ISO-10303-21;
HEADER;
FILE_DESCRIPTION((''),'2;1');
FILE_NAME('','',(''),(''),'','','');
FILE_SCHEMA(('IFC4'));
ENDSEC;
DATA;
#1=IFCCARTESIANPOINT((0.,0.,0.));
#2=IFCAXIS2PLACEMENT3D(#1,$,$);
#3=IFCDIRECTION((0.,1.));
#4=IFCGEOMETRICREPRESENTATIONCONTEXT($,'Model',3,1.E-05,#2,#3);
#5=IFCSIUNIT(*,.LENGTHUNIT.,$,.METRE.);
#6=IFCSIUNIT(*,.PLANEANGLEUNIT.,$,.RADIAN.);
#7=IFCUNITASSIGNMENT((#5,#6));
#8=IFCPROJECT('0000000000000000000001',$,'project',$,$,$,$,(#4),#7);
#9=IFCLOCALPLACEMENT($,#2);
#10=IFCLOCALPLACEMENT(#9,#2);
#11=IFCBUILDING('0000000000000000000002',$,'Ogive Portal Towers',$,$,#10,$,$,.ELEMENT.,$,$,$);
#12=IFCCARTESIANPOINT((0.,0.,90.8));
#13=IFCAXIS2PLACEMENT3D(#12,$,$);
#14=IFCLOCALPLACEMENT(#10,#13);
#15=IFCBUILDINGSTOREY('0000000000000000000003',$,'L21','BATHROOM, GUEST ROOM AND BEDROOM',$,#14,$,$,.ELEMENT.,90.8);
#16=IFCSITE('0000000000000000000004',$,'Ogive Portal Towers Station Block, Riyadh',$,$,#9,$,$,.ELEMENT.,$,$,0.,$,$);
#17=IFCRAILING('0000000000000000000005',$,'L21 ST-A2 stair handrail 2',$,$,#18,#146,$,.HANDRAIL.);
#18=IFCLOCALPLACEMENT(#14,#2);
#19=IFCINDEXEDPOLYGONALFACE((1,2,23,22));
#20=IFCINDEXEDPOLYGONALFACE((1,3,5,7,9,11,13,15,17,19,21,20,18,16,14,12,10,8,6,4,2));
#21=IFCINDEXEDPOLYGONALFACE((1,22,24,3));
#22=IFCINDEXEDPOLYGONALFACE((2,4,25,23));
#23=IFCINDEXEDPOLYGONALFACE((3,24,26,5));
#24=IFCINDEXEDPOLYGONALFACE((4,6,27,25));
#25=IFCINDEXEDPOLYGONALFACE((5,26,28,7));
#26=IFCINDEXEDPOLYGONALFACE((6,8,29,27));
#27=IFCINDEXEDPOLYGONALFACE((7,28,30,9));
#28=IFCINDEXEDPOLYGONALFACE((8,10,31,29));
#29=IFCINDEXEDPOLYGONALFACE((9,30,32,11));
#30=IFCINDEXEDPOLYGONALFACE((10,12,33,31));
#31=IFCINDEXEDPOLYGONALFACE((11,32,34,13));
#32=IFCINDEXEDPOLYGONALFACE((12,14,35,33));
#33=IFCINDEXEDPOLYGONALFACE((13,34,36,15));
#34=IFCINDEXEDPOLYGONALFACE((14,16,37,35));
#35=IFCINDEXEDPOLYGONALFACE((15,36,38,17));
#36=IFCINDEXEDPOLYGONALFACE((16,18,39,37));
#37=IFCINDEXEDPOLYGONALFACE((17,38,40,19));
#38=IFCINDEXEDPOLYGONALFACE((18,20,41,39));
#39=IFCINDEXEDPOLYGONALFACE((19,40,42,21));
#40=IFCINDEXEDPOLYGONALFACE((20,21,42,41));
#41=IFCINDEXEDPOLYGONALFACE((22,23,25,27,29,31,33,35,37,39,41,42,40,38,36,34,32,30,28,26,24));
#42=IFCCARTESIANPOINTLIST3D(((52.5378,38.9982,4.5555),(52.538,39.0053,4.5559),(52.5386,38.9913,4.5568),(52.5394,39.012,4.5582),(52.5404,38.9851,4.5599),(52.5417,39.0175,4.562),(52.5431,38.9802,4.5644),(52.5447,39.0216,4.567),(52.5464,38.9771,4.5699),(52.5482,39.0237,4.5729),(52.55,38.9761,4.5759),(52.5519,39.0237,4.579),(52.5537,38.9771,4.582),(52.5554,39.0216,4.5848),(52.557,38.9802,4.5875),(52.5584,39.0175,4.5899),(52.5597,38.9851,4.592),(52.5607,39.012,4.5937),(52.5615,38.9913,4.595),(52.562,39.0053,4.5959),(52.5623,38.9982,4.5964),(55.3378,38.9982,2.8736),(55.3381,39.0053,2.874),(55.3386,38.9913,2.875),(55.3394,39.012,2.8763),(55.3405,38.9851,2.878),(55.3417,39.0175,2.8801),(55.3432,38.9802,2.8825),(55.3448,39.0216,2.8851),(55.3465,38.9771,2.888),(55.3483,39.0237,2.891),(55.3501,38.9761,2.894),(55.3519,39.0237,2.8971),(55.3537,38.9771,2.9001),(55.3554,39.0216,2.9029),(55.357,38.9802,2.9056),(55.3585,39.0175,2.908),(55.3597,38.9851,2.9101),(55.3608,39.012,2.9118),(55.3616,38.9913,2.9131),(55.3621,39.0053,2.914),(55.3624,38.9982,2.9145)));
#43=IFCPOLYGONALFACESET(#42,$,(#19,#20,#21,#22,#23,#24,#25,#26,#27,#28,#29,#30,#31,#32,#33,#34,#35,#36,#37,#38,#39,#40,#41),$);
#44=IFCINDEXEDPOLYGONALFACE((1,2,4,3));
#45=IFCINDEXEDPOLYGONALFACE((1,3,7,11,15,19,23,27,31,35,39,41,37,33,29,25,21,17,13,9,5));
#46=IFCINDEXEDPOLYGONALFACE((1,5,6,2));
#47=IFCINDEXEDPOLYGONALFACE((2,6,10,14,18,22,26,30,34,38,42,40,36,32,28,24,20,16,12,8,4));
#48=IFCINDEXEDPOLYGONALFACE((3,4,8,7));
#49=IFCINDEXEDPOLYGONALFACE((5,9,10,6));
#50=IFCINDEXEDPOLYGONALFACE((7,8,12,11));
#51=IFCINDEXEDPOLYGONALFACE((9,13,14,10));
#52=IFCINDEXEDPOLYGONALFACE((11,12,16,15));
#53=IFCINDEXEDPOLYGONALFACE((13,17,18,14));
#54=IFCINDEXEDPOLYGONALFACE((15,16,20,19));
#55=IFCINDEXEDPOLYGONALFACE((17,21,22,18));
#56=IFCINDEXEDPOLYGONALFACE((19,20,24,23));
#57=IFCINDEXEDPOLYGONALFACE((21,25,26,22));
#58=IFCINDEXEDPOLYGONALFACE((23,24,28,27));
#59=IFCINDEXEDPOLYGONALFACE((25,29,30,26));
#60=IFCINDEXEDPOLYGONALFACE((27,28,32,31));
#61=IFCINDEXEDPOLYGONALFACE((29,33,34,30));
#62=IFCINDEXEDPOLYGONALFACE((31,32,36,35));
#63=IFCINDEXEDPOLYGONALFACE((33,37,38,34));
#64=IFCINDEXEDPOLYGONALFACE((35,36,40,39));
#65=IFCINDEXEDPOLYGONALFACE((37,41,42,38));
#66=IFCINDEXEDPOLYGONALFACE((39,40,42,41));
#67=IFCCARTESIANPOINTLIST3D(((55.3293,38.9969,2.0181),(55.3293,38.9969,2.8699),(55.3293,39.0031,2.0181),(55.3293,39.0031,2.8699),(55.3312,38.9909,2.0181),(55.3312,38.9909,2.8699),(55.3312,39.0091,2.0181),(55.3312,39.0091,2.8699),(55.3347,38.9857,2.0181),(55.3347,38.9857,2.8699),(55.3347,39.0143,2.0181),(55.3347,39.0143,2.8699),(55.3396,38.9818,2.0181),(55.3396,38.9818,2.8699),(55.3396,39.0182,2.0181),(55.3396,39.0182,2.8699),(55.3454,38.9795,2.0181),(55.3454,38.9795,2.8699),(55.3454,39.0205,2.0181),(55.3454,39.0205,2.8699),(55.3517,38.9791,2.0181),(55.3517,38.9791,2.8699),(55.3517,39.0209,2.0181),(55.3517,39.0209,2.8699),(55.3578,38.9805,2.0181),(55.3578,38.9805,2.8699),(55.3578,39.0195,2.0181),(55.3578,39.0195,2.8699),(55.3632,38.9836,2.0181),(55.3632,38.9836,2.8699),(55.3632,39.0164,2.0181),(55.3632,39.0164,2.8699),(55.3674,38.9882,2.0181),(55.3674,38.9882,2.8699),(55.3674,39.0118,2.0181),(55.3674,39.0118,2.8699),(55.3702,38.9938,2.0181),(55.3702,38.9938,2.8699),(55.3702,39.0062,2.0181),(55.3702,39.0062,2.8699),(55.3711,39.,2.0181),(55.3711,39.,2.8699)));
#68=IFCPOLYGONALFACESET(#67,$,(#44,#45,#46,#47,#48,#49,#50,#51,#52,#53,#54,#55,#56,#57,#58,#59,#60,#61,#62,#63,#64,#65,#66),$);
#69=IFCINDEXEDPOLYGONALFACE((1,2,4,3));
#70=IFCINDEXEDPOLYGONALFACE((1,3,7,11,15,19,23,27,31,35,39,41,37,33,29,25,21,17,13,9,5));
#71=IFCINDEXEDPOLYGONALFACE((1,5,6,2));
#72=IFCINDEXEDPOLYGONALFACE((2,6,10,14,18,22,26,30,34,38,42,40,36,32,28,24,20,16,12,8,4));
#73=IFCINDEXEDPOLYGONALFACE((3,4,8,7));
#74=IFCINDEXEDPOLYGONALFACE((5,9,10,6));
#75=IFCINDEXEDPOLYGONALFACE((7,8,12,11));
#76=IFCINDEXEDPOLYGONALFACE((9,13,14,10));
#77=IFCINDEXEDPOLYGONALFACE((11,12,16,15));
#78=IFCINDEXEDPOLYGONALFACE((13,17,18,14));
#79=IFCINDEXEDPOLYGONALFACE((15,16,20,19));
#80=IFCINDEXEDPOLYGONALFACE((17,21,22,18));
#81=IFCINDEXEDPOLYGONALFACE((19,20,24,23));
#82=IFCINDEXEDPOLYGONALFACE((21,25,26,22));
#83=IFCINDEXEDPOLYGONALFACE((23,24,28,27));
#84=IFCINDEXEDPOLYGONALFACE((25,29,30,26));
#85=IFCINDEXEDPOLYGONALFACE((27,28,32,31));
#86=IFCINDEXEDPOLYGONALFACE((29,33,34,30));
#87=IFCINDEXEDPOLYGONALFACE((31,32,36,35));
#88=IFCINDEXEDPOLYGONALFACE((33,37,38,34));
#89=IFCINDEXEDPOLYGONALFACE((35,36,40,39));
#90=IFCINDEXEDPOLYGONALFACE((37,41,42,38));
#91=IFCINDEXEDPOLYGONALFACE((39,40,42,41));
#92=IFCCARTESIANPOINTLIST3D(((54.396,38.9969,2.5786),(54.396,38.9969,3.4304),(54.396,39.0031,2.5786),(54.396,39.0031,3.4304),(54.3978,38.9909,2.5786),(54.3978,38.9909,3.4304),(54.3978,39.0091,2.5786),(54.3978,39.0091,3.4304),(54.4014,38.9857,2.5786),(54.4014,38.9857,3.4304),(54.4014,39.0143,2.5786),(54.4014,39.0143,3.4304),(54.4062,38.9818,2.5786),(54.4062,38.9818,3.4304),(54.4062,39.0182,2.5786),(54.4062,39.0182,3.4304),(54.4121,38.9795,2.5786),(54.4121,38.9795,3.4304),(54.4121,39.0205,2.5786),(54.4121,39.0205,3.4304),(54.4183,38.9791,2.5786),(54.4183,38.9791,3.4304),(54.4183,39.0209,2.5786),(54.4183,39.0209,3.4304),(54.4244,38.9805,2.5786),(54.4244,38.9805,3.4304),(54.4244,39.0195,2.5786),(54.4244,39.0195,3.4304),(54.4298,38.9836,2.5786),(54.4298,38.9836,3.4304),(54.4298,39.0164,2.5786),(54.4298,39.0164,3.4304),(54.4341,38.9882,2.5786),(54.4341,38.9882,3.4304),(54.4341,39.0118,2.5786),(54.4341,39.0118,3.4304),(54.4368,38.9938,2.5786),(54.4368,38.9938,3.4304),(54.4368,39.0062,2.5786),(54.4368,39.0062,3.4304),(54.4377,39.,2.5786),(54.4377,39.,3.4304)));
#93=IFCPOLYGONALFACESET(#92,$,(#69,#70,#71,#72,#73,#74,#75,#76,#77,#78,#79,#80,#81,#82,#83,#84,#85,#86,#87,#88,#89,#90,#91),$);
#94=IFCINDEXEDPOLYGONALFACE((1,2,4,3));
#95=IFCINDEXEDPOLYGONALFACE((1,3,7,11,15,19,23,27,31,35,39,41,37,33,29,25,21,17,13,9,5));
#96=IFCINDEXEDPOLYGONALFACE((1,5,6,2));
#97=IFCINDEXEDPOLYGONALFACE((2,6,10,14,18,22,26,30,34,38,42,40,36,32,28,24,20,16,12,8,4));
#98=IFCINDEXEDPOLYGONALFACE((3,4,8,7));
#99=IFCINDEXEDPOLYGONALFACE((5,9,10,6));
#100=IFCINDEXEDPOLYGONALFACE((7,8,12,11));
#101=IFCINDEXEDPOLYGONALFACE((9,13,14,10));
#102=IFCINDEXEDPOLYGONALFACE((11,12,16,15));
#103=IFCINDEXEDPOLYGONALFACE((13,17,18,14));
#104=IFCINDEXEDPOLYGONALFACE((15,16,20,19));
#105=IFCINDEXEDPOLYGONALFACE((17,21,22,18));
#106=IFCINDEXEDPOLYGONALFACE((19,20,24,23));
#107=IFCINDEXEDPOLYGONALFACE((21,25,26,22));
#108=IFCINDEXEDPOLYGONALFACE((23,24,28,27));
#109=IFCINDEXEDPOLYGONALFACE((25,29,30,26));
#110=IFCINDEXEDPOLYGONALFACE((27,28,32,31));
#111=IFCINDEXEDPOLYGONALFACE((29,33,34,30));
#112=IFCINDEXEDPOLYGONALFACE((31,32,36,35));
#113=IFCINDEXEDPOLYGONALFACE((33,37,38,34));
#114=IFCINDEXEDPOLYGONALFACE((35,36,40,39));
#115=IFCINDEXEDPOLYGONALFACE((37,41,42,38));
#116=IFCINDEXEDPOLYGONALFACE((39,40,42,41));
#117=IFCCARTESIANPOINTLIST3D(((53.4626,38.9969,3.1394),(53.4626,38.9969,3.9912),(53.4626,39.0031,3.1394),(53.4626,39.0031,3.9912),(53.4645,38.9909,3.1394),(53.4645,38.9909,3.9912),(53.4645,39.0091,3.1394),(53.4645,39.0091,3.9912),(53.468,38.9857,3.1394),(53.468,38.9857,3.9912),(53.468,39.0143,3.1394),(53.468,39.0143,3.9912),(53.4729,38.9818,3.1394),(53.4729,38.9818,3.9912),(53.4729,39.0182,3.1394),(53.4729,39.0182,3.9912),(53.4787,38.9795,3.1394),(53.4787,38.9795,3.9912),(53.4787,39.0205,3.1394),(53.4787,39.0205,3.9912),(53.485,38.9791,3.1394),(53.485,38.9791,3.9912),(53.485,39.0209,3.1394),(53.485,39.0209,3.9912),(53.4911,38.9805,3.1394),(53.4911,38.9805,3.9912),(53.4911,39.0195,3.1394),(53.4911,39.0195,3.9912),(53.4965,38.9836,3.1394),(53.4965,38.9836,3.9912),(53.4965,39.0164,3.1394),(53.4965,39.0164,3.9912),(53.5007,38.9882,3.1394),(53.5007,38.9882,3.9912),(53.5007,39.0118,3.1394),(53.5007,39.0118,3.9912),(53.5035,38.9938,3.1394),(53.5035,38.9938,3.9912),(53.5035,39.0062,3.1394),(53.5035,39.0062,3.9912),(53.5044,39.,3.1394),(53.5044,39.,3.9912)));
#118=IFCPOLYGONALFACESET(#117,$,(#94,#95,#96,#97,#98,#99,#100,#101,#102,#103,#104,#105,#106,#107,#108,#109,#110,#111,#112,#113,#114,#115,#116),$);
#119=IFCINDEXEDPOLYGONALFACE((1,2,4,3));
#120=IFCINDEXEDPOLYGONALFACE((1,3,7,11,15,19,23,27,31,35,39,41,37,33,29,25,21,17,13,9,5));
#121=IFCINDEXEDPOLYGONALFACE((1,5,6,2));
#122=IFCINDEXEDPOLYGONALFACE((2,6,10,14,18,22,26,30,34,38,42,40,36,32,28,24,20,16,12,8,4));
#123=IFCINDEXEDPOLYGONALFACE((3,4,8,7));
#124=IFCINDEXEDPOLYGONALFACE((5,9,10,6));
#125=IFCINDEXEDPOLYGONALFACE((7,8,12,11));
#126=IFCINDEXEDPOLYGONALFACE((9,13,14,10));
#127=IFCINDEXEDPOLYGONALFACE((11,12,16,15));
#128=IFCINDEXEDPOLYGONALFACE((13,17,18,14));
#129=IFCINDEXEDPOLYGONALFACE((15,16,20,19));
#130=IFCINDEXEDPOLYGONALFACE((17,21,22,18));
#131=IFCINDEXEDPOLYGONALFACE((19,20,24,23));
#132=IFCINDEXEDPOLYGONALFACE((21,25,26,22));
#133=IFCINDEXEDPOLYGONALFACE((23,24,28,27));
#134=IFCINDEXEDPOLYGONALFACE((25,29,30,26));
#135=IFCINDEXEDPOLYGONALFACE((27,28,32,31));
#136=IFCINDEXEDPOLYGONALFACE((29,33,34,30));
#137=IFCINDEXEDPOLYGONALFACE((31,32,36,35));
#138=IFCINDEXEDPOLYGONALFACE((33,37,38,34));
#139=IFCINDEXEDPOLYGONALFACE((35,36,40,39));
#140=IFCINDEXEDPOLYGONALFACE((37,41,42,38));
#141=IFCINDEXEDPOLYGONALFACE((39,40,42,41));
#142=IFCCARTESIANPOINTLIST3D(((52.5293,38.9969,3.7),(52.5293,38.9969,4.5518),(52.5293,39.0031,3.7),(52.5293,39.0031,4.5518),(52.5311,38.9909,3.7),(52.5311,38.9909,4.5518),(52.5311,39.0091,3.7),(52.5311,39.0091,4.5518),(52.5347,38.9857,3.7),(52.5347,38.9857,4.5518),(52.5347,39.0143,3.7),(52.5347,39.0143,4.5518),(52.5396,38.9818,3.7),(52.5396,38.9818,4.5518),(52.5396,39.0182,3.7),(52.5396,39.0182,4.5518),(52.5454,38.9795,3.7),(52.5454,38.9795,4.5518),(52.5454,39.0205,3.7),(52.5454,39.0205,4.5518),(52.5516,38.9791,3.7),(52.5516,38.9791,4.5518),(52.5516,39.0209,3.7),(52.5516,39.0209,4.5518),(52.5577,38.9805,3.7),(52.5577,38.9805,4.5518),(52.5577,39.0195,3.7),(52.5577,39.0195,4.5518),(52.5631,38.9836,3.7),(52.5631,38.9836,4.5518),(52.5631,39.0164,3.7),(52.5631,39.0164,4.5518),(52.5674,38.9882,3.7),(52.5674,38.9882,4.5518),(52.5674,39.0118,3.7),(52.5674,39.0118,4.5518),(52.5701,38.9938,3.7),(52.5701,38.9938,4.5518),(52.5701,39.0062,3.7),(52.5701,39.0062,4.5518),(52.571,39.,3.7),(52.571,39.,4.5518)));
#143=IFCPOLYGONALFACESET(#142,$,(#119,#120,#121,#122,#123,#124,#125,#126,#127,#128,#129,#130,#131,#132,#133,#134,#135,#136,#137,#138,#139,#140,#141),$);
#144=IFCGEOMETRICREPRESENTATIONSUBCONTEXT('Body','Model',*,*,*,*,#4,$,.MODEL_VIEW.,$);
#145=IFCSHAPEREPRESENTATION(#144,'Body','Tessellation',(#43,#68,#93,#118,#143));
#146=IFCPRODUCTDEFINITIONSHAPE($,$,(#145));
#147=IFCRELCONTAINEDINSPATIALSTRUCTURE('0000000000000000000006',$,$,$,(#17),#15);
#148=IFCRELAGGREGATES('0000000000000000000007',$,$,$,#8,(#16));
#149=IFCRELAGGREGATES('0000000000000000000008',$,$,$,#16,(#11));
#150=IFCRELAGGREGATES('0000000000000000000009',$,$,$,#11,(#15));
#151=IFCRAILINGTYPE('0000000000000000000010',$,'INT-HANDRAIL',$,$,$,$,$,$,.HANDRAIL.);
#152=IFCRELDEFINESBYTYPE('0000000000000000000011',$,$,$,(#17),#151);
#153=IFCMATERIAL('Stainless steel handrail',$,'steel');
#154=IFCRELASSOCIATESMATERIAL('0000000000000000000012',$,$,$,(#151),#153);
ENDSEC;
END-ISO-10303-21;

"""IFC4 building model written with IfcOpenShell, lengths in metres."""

from ifc_helpers import new_model, si_unit, direction, frame, origin, origin_2d, place, context, subcontext, project, spatial, circle, extrude, material, type_object, element, save


model = new_model("IFC4")

# Units and contexts
model_context = context("Model", 3, precision=1e-05, world=origin(), true_north=direction((0.0, 1.0)))
body_context = subcontext(model_context, "Body", "Model", "MODEL_VIEW")
ifc_project = project(units=[si_unit("LENGTHUNIT", "METRE"), si_unit("PLANEANGLEUNIT", "RADIAN")], contexts=[model_context])

# Site, building, storey
site_placement = place(None, origin())
site = spatial("IfcSite", under=ifc_project, at=site_placement, Name="Ogive Portal Towers Station Block, Riyadh", CompositionType="ELEMENT", RefElevation=0.0)
building_placement = place(site_placement, origin())
building = spatial("IfcBuilding", under=site, at=building_placement, Name="Ogive Portal Towers", CompositionType="ELEMENT")
storey_placement = place(building_placement, frame((0.0, 0.0, 90.8)))
storey = spatial("IfcBuildingStorey", under=building, at=storey_placement, Name="L21", Description="BATHROOM, GUEST ROOM AND BEDROOM", CompositionType="ELEMENT", Elevation=90.8)

# Railing
ifc_material_1 = material(Name="Stainless steel handrail", Category="steel")
railing_type_1 = type_object("IfcRailingType", Name="INT-HANDRAIL", PredefinedType="HANDRAIL", material=ifc_material_1)
railing_1_placement = place(storey_placement, frame((55.3501, 39.0, 2.0181)))
element("IfcRailing", 1, at=railing_1_placement, inside=storey, type_object=railing_type_1, Name="L21 ST-A2 stair handrail 2", PredefinedType="HANDRAIL", context=body_context, shape_type="SweptSolid", body=[
    extrude(circle(Radius=0.0239, at=origin_2d()), frame((0.0, 0.0, 0.876), z_axis=(-0.857242, 0.0, 0.514913), x_axis=(0.0, -1.0, 0.0)), (0.0, 0.0, 1.0), 3.2664),
    extrude(circle(Radius=0.021, at=origin_2d()), origin(), (0.0, 0.0, 1.0), 0.8518),
    extrude(circle(Radius=0.021, at=origin_2d()), frame((-0.9333, 0.0, 0.5605)), (0.0, 0.0, 1.0), 0.8518),
    extrude(circle(Radius=0.021, at=origin_2d()), frame((-1.8667, 0.0, 1.1213)), (0.0, 0.0, 1.0), 0.8518),
    extrude(circle(Radius=0.021, at=origin_2d()), frame((-2.8, 0.0, 1.6819)), (0.0, 0.0, 1.0), 0.8518),
])

save(model, "model.ifc")
